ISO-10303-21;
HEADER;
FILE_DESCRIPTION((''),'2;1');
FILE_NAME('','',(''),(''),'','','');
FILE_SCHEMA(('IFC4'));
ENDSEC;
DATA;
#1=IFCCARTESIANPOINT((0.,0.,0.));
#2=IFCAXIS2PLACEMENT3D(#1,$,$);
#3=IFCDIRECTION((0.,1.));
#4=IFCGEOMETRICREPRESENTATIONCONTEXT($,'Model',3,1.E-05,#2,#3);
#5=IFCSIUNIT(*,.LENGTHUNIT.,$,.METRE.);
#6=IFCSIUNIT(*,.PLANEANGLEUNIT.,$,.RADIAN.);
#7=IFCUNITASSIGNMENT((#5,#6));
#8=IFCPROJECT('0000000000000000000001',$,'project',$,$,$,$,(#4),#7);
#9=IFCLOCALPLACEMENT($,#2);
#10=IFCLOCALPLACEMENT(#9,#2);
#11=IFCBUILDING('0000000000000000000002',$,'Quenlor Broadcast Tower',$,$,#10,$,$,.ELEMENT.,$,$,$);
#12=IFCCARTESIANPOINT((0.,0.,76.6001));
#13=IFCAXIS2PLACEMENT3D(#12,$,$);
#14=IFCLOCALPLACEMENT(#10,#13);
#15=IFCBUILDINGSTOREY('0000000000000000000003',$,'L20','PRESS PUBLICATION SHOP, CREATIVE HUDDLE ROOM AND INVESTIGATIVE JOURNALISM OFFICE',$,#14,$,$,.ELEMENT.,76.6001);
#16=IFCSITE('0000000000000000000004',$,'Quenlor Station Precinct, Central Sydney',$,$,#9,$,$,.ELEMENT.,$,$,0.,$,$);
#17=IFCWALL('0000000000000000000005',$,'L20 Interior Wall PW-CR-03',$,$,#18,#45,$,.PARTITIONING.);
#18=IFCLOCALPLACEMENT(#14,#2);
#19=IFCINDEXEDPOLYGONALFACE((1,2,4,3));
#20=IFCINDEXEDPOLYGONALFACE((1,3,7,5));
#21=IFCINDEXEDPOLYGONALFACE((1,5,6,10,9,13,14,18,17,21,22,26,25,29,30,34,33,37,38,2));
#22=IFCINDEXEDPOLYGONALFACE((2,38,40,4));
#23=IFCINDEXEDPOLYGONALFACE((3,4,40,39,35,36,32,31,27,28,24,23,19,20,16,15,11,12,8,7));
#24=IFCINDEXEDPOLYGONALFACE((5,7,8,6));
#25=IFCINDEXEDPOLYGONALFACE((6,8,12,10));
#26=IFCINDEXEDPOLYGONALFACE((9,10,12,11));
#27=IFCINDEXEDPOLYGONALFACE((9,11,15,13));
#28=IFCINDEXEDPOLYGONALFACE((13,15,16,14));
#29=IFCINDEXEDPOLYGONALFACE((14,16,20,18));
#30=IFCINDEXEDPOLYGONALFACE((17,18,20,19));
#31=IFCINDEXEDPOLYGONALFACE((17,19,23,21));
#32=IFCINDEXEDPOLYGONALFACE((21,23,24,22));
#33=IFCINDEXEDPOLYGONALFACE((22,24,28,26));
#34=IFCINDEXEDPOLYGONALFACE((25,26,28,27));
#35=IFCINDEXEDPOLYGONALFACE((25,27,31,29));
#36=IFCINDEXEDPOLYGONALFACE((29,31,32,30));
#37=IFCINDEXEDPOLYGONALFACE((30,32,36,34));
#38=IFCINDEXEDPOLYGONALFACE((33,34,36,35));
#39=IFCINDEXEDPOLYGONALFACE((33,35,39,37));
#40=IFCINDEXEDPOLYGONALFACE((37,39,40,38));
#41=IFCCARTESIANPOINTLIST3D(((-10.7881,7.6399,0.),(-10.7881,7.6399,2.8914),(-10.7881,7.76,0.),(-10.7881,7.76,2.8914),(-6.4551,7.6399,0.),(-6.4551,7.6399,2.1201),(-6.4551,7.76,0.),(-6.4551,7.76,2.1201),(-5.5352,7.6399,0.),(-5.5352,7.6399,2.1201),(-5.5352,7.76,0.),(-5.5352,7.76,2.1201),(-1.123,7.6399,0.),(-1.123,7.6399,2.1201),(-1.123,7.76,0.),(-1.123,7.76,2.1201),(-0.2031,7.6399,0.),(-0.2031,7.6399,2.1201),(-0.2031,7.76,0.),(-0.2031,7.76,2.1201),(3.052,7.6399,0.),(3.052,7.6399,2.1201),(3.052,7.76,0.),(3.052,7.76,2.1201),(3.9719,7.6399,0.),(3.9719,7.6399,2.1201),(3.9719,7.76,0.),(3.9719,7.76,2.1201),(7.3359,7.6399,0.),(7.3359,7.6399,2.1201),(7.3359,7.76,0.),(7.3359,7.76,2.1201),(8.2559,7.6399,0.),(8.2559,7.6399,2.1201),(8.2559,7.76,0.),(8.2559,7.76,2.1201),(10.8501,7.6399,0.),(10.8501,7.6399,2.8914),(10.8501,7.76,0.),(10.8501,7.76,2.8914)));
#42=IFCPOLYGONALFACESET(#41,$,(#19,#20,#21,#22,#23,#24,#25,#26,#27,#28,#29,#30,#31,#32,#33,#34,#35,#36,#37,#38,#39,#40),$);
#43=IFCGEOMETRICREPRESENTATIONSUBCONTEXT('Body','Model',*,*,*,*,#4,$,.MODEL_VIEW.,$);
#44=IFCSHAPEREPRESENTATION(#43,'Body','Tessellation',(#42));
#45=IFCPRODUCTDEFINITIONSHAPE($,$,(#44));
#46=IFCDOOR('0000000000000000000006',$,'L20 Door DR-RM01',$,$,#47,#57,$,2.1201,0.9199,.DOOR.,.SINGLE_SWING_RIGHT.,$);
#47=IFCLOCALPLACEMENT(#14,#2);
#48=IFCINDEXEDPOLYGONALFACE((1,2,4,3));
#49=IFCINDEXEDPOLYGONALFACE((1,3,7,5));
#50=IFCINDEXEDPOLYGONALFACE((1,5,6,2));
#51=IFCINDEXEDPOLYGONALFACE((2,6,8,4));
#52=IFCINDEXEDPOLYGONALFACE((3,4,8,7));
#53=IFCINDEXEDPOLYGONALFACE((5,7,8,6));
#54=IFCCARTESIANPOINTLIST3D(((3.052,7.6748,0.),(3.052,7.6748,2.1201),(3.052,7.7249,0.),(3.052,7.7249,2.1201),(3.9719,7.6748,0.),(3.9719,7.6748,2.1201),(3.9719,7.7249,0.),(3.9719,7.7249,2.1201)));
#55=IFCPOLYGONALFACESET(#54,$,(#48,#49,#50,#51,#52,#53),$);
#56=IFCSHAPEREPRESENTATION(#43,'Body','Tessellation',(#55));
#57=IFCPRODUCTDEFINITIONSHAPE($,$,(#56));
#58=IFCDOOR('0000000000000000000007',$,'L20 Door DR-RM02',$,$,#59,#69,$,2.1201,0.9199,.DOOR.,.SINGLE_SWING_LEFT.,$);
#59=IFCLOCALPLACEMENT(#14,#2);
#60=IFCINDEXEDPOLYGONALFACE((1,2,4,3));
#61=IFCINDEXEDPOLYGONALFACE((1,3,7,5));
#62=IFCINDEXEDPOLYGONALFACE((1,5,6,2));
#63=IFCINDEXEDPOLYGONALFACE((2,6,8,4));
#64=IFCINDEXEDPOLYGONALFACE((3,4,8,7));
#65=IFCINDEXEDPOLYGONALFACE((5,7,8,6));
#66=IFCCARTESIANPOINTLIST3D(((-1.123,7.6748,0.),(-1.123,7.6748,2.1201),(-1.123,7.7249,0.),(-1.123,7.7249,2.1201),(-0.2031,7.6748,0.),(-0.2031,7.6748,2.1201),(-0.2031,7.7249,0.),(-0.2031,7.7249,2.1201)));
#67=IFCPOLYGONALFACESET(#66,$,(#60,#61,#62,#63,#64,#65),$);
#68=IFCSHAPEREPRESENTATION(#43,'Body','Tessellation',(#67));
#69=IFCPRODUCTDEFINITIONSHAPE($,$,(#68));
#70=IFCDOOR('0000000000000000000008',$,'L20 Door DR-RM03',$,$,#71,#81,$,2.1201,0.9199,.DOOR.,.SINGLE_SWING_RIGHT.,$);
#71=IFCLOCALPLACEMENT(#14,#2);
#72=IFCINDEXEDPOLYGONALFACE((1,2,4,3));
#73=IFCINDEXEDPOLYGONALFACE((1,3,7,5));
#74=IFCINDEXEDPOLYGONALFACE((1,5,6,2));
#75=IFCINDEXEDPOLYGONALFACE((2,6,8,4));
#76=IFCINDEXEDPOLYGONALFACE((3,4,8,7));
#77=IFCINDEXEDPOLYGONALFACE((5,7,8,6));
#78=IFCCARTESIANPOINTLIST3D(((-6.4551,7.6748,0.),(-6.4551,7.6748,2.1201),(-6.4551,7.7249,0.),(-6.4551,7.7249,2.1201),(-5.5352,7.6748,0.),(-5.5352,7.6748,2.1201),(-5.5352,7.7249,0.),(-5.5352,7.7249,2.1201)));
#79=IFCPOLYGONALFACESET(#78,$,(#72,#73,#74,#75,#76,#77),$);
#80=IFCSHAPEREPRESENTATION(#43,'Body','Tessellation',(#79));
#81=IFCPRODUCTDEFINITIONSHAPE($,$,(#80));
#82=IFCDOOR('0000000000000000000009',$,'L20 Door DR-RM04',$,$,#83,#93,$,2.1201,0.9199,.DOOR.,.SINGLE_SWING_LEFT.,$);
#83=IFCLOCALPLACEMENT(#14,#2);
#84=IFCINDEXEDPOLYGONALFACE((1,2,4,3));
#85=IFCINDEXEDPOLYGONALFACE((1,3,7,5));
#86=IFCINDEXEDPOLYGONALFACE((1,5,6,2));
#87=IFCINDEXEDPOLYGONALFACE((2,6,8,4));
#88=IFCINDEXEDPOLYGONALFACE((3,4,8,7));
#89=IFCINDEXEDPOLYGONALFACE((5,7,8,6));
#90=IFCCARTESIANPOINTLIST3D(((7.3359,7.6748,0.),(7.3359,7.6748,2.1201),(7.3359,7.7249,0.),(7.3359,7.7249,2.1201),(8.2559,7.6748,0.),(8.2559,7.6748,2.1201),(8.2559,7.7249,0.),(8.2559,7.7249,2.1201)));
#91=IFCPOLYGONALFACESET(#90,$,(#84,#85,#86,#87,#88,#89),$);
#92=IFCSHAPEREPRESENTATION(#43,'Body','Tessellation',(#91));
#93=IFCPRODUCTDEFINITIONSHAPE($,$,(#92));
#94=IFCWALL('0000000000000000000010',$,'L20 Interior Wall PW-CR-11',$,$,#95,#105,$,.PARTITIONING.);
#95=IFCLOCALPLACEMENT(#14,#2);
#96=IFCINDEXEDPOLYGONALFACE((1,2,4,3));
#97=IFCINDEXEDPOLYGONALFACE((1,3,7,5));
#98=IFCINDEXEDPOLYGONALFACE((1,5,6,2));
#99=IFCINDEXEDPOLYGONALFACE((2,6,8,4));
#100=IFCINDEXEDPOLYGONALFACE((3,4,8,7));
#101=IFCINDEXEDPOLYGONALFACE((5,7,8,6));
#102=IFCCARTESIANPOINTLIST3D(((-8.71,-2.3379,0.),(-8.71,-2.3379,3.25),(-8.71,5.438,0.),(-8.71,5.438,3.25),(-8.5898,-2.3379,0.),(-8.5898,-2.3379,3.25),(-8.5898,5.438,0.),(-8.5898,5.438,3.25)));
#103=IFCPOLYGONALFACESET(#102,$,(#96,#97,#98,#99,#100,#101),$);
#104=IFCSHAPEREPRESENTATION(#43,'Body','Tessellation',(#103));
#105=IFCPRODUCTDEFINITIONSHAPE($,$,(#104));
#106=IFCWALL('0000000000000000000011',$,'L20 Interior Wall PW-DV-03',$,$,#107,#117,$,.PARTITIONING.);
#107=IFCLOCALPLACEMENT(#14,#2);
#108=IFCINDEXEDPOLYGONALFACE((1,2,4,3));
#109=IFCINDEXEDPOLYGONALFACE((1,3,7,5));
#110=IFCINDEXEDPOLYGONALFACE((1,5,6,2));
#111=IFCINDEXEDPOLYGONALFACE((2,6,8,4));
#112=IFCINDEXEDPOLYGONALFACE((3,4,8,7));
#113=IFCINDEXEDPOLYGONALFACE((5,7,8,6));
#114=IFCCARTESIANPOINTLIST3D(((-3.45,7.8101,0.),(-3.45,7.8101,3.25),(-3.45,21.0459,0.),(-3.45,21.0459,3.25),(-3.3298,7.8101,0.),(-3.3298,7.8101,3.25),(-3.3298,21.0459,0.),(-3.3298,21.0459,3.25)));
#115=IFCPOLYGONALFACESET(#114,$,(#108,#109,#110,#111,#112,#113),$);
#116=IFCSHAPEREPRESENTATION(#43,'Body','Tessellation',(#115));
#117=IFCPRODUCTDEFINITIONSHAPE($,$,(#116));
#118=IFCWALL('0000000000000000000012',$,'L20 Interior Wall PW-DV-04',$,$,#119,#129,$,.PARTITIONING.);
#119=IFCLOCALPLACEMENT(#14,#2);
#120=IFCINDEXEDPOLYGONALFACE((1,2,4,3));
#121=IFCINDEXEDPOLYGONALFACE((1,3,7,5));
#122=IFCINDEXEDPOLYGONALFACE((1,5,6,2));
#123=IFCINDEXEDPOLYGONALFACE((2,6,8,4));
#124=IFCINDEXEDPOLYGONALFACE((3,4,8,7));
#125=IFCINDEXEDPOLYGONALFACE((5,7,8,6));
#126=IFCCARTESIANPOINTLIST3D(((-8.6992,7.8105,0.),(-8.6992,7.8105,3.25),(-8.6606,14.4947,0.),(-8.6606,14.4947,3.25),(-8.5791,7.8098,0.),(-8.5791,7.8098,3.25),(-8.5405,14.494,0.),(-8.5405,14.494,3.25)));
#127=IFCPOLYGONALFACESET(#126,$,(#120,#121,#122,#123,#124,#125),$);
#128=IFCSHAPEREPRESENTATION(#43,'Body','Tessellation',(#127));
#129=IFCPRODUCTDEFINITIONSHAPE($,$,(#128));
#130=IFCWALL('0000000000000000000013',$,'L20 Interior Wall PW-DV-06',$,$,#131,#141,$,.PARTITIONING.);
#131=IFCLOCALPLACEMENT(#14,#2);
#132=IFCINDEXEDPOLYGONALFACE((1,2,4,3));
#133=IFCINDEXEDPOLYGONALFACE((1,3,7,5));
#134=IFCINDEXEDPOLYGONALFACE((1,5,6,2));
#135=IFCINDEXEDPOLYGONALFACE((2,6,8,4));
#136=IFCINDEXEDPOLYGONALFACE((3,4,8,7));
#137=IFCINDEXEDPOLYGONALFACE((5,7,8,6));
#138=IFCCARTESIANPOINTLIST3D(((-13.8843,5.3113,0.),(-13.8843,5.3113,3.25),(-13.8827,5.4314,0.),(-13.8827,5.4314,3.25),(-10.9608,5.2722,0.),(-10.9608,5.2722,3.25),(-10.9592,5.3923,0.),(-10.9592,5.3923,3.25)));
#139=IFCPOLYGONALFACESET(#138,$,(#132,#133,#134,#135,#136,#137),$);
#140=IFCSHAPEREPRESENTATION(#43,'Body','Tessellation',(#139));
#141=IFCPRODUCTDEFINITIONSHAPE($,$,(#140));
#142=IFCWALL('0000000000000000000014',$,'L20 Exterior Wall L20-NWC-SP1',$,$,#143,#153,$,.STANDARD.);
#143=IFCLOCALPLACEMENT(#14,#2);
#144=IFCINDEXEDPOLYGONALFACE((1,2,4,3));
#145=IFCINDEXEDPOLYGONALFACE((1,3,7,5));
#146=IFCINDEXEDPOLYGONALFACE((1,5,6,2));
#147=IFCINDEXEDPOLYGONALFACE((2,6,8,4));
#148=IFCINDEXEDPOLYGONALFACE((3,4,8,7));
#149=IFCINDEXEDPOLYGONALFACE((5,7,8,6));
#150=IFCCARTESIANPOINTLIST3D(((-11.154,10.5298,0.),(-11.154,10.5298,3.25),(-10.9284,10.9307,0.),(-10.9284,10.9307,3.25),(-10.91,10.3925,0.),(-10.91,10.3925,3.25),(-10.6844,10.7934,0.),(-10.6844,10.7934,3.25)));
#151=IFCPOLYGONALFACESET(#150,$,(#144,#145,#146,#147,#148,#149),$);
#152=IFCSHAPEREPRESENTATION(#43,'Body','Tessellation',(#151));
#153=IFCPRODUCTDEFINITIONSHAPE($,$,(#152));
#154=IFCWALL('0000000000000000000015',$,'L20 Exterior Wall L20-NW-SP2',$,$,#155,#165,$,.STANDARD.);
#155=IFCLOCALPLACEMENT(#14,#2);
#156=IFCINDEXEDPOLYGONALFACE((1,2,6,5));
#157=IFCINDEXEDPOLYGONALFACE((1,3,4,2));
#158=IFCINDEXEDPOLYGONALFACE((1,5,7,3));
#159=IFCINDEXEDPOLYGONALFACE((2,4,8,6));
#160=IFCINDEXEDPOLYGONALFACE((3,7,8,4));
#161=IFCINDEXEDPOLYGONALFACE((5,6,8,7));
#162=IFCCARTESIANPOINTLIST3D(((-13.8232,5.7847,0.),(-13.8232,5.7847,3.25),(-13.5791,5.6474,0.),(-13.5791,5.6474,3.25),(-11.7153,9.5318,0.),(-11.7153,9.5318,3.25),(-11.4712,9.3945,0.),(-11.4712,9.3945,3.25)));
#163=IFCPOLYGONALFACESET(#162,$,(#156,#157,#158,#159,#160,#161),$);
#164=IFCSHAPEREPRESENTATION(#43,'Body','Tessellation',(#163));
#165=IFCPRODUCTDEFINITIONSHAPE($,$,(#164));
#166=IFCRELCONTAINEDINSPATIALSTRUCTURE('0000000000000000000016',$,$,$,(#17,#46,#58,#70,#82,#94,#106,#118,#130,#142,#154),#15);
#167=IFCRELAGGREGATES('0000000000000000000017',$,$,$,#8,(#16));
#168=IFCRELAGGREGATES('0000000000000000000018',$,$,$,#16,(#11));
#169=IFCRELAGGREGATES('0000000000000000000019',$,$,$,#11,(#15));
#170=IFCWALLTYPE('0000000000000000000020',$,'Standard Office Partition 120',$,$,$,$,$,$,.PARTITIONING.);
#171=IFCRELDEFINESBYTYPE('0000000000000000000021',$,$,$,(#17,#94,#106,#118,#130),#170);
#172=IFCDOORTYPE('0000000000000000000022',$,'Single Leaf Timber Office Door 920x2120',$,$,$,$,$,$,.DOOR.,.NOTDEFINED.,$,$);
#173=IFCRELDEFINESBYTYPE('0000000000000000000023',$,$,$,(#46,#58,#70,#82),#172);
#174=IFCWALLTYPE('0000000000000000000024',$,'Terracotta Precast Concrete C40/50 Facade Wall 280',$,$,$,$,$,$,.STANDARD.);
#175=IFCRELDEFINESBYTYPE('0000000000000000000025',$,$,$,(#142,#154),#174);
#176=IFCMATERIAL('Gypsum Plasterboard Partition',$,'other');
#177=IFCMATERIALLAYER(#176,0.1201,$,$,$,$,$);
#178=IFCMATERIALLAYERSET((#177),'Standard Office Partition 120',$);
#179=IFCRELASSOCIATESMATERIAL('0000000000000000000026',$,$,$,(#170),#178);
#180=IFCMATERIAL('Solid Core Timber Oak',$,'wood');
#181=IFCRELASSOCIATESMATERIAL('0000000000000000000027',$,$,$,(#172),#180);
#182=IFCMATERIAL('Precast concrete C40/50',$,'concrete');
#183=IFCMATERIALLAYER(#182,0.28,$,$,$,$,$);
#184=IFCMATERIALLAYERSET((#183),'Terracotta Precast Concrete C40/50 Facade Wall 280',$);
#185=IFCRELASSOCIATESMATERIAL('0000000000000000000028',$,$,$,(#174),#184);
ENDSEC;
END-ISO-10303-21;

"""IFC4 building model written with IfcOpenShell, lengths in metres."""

from ifc_helpers import new_model, si_unit, direction, frame, frame_2d, origin, place, context, subcontext, project, spatial, rectangle, extrude, material, layer, layer_set, type_object, element, fill, save


model = new_model("IFC4")

# Units and contexts
model_context = context("Model", 3, precision=1e-05, world=origin(), true_north=direction((0.0, 1.0)))
body_context = subcontext(model_context, "Body", "Model", "MODEL_VIEW")
ifc_project = project(units=[si_unit("LENGTHUNIT", "METRE"), si_unit("PLANEANGLEUNIT", "RADIAN")], contexts=[model_context])

# Site, building, storey
site_placement = place(None, origin())
site = spatial("IfcSite", under=ifc_project, at=site_placement, Name="Quenlor Station Precinct, Central Sydney", CompositionType="ELEMENT", RefElevation=0.0)
building_placement = place(site_placement, origin())
building = spatial("IfcBuilding", under=site, at=building_placement, Name="Quenlor Broadcast Tower", CompositionType="ELEMENT")
storey_placement = place(building_placement, frame((0.0, 0.0, 76.6001)))
storey = spatial("IfcBuildingStorey", under=building, at=storey_placement, Name="L20", Description="PRESS PUBLICATION SHOP, CREATIVE HUDDLE ROOM AND INVESTIGATIVE JOURNALISM OFFICE", CompositionType="ELEMENT", Elevation=76.6001)

# Wall, openings, doors
ifc_material_1 = material(Name="Gypsum Plasterboard Partition", Category="other")
ifc_layer_1 = layer(ifc_material_1, 0.1201)
ifc_layer_set_1 = layer_set([ifc_layer_1], Name="Standard Office Partition 120")
wall_type_1 = type_object("IfcWallType", Name="Standard Office Partition 120", PredefinedType="PARTITIONING", material=ifc_layer_set_1)
wall_1_placement = place(storey_placement, frame((-10.7881, 7.7, 0.0), z_axis=(0.0, 0.0, 1.0), x_axis=(1.0, 0.0, 0.0)))
wall_1 = element("IfcWall", 1, at=wall_1_placement, inside=storey, type_object=wall_type_1, Name="L20 Interior Wall PW-CR-03", PredefinedType="PARTITIONING", context=body_context, shape_type="SweptSolid", body=[
    extrude(rectangle(XDim=21.6382, YDim=0.1201, at=frame_2d((10.8191, 0.0))), origin(), (0.0, 0.0, 1.0), 2.8914),
])
opening_1_placement = place(wall_1_placement, frame((13.8401, 0.0, 0.0)))
opening_1 = element("IfcOpeningElement", 2, at=opening_1_placement, cuts=wall_1, PredefinedType="OPENING", context=body_context, shape_type="SweptSolid", body=[
    extrude(rectangle(XDim=0.9199, YDim=2.1201, at=frame_2d((0.46, 1.0601))), frame((0.0, 0.0701, 0.0), z_axis=(0.0, -1.0, 0.0), x_axis=(1.0, 0.0, 0.0)), (0.0, 0.0, 1.0), 0.1401),
])
opening_2_placement = place(wall_1_placement, frame((9.665, 0.0, 0.0)))
opening_2 = element("IfcOpeningElement", 3, at=opening_2_placement, cuts=wall_1, PredefinedType="OPENING", context=body_context, shape_type="SweptSolid", body=[
    extrude(rectangle(XDim=0.9199, YDim=2.1201, at=frame_2d((0.46, 1.0601))), frame((0.0, 0.0701, 0.0), z_axis=(0.0, -1.0, 0.0), x_axis=(1.0, 0.0, 0.0)), (0.0, 0.0, 1.0), 0.1401),
])
opening_3_placement = place(wall_1_placement, frame((4.333, 0.0, 0.0)))
opening_3 = element("IfcOpeningElement", 4, at=opening_3_placement, cuts=wall_1, PredefinedType="OPENING", context=body_context, shape_type="SweptSolid", body=[
    extrude(rectangle(XDim=0.9199, YDim=2.1201, at=frame_2d((0.46, 1.0601))), frame((0.0, 0.0701, 0.0), z_axis=(0.0, -1.0, 0.0), x_axis=(1.0, 0.0, 0.0)), (0.0, 0.0, 1.0), 0.1401),
])
opening_4_placement = place(wall_1_placement, frame((18.124, 0.0, 0.0)))
opening_4 = element("IfcOpeningElement", 5, at=opening_4_placement, cuts=wall_1, PredefinedType="OPENING", context=body_context, shape_type="SweptSolid", body=[
    extrude(rectangle(XDim=0.9199, YDim=2.1201, at=frame_2d((0.46, 1.0601))), frame((0.0, 0.0701, 0.0), z_axis=(0.0, -1.0, 0.0), x_axis=(1.0, 0.0, 0.0)), (0.0, 0.0, 1.0), 0.1401),
])
ifc_material_2 = material(Name="Solid Core Timber Oak", Category="wood")
door_type = type_object("IfcDoorType", Name="Single Leaf Timber Office Door 920x2120", OperationType="NOTDEFINED", PredefinedType="DOOR", material=ifc_material_2)
door_1_placement = place(opening_1_placement, origin())
door_1 = element("IfcDoor", 6, at=door_1_placement, inside=storey, type_object=door_type, Name="L20 Door DR-RM01", OperationType="SINGLE_SWING_RIGHT", OverallHeight=2.1201, OverallWidth=0.9199, PredefinedType="DOOR", context=body_context, shape_type="SweptSolid", body=[
    extrude(rectangle(XDim=0.9199, YDim=2.1201, at=frame_2d((0.46, 1.0601))), frame((0.0, 0.0249, 0.0), z_axis=(0.0, -1.0, 0.0), x_axis=(1.0, 0.0, 0.0)), (0.0, 0.0, 1.0), 0.05),
])
fill(opening_1, door_1)
door_2_placement = place(opening_2_placement, origin())
door_2 = element("IfcDoor", 7, at=door_2_placement, inside=storey, type_object=door_type, Name="L20 Door DR-RM02", OperationType="SINGLE_SWING_LEFT", OverallHeight=2.1201, OverallWidth=0.9199, PredefinedType="DOOR", context=body_context, shape_type="SweptSolid", body=[
    extrude(rectangle(XDim=0.9199, YDim=2.1201, at=frame_2d((0.46, 1.0601))), frame((0.0, 0.0249, 0.0), z_axis=(0.0, -1.0, 0.0), x_axis=(1.0, 0.0, 0.0)), (0.0, 0.0, 1.0), 0.05),
])
fill(opening_2, door_2)
door_3_placement = place(opening_3_placement, origin())
door_3 = element("IfcDoor", 8, at=door_3_placement, inside=storey, type_object=door_type, Name="L20 Door DR-RM03", OperationType="SINGLE_SWING_RIGHT", OverallHeight=2.1201, OverallWidth=0.9199, PredefinedType="DOOR", context=body_context, shape_type="SweptSolid", body=[
    extrude(rectangle(XDim=0.9199, YDim=2.1201, at=frame_2d((0.46, 1.0601))), frame((0.0, 0.0249, 0.0), z_axis=(0.0, -1.0, 0.0), x_axis=(1.0, 0.0, 0.0)), (0.0, 0.0, 1.0), 0.05),
])
fill(opening_3, door_3)
door_4_placement = place(opening_4_placement, origin())
door_4 = element("IfcDoor", 9, at=door_4_placement, inside=storey, type_object=door_type, Name="L20 Door DR-RM04", OperationType="SINGLE_SWING_LEFT", OverallHeight=2.1201, OverallWidth=0.9199, PredefinedType="DOOR", context=body_context, shape_type="SweptSolid", body=[
    extrude(rectangle(XDim=0.9199, YDim=2.1201, at=frame_2d((0.46, 1.0601))), frame((0.0, 0.0249, 0.0), z_axis=(0.0, -1.0, 0.0), x_axis=(1.0, 0.0, 0.0)), (0.0, 0.0, 1.0), 0.05),
])
fill(opening_4, door_4)

# Walls
wall_2_placement = place(storey_placement, frame((-8.6499, 5.438, 0.0), z_axis=(0.0, 0.0, 1.0), x_axis=(0.0, -1.0, 0.0)))
element("IfcWall", 10, at=wall_2_placement, inside=storey, type_object=wall_type_1, Name="L20 Interior Wall PW-CR-11", PredefinedType="PARTITIONING", context=body_context, shape_type="SweptSolid", body=[
    extrude(rectangle(XDim=7.7759, YDim=0.1201, at=frame_2d((3.8879, 0.0))), origin(), (0.0, 0.0, 1.0), 3.25),
])
wall_3_placement = place(storey_placement, frame((-3.3899, 7.8101, 0.0), z_axis=(0.0, 0.0, 1.0), x_axis=(0.0, 1.0, 0.0)))
element("IfcWall", 11, at=wall_3_placement, inside=storey, type_object=wall_type_1, Name="L20 Interior Wall PW-DV-03", PredefinedType="PARTITIONING", context=body_context, shape_type="SweptSolid", body=[
    extrude(rectangle(XDim=13.2358, YDim=0.1201, at=frame_2d((6.6179, 0.0))), origin(), (0.0, 0.0, 1.0), 3.25),
])
wall_4_placement = place(storey_placement, frame((-8.6392, 7.8101, 0.0), z_axis=(0.0, 0.0, 1.0), x_axis=(0.005771, 0.999983, 0.0)))
element("IfcWall", 12, at=wall_4_placement, inside=storey, type_object=wall_type_1, Name="L20 Interior Wall PW-DV-04", PredefinedType="PARTITIONING", context=body_context, shape_type="SweptSolid", body=[
    extrude(rectangle(XDim=6.6843, YDim=0.1201, at=frame_2d((3.3423, 0.0))), origin(), (0.0, 0.0, 1.0), 3.25),
])
wall_5_placement = place(storey_placement, frame((-10.96, 5.3323, 0.0), z_axis=(0.0, 0.0, 1.0), x_axis=(-0.999911, 0.01336, 0.0)))
element("IfcWall", 13, at=wall_5_placement, inside=storey, type_object=wall_type_1, Name="L20 Interior Wall PW-DV-06", PredefinedType="PARTITIONING", context=body_context, shape_type="SweptSolid", body=[
    extrude(rectangle(XDim=2.9238, YDim=0.1201, at=frame_2d((1.4619, 0.0))), origin(), (0.0, 0.0, 1.0), 3.25),
])
ifc_material_3 = material(Name="Precast concrete C40/50", Category="concrete")
ifc_layer_2 = layer(ifc_material_3, 0.28)
ifc_layer_set_2 = layer_set([ifc_layer_2], Name="Terracotta Precast Concrete C40/50 Facade Wall 280")
wall_type_2 = type_object("IfcWallType", Name="Terracotta Precast Concrete C40/50 Facade Wall 280", PredefinedType="STANDARD", material=ifc_layer_set_2)
wall_6_placement = place(storey_placement, frame((-11.032, 10.4612, 0.0), z_axis=(0.0, 0.0, 1.0), x_axis=(0.490412, 0.87149, 0.0)))
element("IfcWall", 14, at=wall_6_placement, inside=storey, type_object=wall_type_2, Name="L20 Exterior Wall L20-NWC-SP1", PredefinedType="STANDARD", context=body_context, shape_type="SweptSolid", body=[
    extrude(rectangle(XDim=0.46, YDim=0.28, at=frame_2d((0.23, 0.0))), origin(), (0.0, 0.0, 1.0), 3.25),
])
wall_7_placement = place(storey_placement, frame((-13.7012, 5.7161, 0.0), z_axis=(0.0, 0.0, 1.0), x_axis=(0.490294, 0.871557, 0.0)))
element("IfcWall", 15, at=wall_7_placement, inside=storey, type_object=wall_type_2, Name="L20 Exterior Wall L20-NW-SP2", PredefinedType="STANDARD", context=body_context, shape_type="SweptSolid", body=[
    extrude(rectangle(XDim=4.2993, YDim=0.28, at=frame_2d((2.1497, 0.0))), origin(), (0.0, 0.0, 1.0), 3.25),
])

save(model, "model.ifc")
